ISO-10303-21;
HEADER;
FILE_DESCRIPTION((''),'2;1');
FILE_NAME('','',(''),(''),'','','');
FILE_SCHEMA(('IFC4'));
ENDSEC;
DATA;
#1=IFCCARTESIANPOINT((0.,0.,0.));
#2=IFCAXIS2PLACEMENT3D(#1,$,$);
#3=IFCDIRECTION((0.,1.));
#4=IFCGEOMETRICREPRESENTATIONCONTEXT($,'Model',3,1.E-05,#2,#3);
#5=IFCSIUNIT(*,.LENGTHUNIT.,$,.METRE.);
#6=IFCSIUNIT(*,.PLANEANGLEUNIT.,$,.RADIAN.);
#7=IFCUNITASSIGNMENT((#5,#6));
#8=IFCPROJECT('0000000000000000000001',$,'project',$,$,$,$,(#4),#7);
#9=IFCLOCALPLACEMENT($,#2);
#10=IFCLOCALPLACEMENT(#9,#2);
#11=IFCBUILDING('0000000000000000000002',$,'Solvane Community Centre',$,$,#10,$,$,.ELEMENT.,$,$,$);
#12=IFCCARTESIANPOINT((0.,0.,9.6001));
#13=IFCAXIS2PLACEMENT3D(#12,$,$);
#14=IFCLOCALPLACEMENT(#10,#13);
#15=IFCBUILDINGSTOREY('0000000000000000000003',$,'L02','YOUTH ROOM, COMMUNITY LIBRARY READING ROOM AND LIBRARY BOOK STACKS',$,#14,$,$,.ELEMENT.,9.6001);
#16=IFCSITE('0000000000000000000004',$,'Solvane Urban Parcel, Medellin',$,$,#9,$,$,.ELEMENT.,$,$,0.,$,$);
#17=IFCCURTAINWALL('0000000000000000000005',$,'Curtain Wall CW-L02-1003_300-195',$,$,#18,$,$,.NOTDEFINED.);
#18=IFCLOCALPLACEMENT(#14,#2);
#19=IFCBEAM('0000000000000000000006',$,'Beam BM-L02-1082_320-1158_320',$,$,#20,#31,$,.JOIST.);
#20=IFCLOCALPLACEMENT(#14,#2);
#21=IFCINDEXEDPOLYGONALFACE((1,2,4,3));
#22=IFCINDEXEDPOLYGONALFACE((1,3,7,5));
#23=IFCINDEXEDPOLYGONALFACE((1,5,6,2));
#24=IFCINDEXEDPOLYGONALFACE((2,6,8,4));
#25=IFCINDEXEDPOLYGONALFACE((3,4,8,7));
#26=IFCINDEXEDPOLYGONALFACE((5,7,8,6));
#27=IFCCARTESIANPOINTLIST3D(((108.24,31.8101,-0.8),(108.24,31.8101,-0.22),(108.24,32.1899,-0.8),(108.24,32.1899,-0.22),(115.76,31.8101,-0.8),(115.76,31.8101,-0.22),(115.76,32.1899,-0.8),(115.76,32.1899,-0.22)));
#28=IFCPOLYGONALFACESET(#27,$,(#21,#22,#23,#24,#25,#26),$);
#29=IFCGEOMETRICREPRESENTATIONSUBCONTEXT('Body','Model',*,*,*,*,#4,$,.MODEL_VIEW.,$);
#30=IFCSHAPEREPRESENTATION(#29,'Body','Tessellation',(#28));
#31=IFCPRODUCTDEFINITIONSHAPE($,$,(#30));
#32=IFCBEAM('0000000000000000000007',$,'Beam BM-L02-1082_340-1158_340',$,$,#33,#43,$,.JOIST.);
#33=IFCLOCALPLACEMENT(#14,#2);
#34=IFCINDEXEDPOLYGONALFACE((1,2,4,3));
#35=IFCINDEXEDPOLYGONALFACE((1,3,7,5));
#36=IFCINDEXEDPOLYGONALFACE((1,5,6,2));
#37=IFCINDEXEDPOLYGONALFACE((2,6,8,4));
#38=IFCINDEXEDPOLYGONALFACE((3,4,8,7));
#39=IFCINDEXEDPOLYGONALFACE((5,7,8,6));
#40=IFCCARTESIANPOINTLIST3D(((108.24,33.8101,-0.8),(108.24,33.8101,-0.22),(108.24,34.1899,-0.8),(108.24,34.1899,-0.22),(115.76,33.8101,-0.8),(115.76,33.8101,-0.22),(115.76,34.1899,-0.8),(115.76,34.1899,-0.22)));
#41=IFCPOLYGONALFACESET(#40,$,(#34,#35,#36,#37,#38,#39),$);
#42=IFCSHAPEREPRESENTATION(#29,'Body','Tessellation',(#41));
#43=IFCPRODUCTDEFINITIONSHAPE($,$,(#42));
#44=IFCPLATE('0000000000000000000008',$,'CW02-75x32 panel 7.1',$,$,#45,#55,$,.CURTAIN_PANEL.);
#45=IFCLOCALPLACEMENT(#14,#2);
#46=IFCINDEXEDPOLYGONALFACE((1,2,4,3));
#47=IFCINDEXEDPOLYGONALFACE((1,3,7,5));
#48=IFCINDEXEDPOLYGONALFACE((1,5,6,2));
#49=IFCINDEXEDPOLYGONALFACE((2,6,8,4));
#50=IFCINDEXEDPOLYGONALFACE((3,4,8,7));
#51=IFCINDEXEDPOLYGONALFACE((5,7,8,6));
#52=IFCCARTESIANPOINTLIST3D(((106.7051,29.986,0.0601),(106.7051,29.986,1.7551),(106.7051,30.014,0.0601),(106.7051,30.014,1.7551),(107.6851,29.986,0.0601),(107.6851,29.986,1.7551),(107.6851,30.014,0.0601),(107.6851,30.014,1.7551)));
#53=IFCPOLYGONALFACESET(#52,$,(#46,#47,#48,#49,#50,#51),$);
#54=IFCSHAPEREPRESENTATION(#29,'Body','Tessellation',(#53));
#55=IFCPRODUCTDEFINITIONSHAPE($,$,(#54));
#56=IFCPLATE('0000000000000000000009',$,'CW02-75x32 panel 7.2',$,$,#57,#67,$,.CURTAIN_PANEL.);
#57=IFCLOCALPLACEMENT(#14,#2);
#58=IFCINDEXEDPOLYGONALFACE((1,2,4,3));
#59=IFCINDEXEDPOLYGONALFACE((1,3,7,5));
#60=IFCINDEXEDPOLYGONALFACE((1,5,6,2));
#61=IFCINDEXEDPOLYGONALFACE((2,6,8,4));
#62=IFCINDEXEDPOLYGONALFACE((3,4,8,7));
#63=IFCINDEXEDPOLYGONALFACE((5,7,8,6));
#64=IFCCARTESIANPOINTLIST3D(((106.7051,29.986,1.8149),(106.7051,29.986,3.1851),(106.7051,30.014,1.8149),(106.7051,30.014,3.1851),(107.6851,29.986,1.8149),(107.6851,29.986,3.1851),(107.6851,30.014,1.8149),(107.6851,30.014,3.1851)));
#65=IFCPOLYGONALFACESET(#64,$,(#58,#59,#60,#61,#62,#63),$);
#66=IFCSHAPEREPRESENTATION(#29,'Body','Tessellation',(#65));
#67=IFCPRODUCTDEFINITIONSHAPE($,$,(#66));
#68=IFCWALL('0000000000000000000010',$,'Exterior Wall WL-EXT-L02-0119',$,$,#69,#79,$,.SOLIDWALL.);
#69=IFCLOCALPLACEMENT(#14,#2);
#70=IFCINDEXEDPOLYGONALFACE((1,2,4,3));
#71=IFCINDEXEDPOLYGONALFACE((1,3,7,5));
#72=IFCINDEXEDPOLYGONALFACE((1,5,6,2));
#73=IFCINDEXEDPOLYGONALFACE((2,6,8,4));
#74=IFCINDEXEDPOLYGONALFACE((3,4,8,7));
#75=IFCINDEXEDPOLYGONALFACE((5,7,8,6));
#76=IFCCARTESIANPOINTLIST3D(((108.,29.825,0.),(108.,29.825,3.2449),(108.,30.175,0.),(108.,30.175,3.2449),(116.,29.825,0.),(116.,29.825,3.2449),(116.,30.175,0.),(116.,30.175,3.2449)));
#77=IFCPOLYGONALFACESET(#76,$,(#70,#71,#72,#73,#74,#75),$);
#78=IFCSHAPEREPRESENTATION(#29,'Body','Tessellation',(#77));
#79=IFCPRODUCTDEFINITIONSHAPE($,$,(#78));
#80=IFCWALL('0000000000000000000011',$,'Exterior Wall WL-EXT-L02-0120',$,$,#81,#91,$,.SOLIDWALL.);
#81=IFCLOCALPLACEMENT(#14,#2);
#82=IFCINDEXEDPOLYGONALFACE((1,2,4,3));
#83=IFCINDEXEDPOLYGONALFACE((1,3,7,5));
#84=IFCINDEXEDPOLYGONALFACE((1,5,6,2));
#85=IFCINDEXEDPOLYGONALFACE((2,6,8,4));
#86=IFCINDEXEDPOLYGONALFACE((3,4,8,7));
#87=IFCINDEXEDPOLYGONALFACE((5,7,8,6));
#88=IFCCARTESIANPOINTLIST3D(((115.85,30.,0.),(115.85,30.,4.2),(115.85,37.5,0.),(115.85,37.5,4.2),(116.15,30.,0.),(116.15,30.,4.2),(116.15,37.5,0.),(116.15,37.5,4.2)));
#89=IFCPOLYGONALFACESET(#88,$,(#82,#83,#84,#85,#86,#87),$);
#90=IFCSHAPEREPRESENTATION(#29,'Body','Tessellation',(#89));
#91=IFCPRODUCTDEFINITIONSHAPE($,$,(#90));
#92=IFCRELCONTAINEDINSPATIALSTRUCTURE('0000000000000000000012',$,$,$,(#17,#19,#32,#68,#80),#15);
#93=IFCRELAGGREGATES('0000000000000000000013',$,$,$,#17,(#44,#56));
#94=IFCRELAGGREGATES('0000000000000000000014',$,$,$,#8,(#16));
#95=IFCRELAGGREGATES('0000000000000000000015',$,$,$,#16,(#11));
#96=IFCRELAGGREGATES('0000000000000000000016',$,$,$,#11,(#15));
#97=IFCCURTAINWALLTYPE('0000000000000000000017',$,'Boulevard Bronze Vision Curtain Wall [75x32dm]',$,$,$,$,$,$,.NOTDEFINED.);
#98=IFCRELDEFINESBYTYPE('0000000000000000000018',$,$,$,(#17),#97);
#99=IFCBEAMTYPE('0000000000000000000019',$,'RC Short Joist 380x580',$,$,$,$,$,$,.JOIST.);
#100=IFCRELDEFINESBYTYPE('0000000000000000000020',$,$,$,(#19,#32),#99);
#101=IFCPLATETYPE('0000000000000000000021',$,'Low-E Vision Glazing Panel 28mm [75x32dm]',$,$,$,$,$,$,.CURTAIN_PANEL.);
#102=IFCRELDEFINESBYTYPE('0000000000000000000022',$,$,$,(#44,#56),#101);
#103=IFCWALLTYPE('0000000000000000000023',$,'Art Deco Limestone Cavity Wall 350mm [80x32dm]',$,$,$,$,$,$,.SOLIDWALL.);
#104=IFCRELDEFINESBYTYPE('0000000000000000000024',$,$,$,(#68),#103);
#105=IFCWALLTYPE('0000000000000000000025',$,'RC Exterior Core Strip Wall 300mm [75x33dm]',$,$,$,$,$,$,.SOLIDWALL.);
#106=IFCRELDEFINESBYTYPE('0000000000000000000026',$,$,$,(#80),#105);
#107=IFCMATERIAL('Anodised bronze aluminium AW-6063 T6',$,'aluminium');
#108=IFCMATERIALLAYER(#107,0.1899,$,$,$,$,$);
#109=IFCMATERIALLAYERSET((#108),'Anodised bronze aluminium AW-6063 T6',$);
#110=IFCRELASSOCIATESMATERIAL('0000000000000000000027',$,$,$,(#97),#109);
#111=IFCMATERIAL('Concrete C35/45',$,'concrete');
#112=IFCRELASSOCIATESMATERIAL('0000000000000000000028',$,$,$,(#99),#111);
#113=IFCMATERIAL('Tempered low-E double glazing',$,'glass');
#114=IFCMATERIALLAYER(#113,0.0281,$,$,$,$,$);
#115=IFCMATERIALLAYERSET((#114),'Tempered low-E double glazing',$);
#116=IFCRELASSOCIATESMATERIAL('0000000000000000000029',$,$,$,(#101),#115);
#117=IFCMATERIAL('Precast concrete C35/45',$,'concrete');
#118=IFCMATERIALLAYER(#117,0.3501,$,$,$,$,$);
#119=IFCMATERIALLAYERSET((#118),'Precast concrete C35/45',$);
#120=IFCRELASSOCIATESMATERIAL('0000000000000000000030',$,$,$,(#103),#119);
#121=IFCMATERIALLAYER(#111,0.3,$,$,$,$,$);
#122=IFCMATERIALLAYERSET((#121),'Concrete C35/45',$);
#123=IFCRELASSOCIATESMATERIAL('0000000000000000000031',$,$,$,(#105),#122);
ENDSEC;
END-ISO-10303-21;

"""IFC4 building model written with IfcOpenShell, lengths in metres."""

from ifc_helpers import new_model, si_unit, direction, frame, frame_2d, origin, origin_2d, place, context, subcontext, project, spatial, rectangle, extrude, material, layer, layer_set, material_profile, profile_set, type_object, element, aggregate, save


model = new_model("IFC4")

# Units and contexts
model_context = context("Model", 3, precision=1e-05, world=origin(), true_north=direction((0.0, 1.0)))
body_context = subcontext(model_context, "Body", "Model", "MODEL_VIEW")
ifc_project = project(units=[si_unit("LENGTHUNIT", "METRE"), si_unit("PLANEANGLEUNIT", "RADIAN")], contexts=[model_context])

# Site, building, storey
site_placement = place(None, origin())
site = spatial("IfcSite", under=ifc_project, at=site_placement, Name="Solvane Urban Parcel, Medellin", CompositionType="ELEMENT", RefElevation=0.0)
building_placement = place(site_placement, origin())
building = spatial("IfcBuilding", under=site, at=building_placement, Name="Solvane Community Centre", CompositionType="ELEMENT")
storey_placement = place(building_placement, frame((0.0, 0.0, 9.6001)))
storey = spatial("IfcBuildingStorey", under=building, at=storey_placement, Name="L02", Description="YOUTH ROOM, COMMUNITY LIBRARY READING ROOM AND LIBRARY BOOK STACKS", CompositionType="ELEMENT", Elevation=9.6001)

# Curtain wall
ifc_material_1 = material(Name="Anodised bronze aluminium AW-6063 T6", Category="aluminium")
ifc_layer_1 = layer(ifc_material_1, 0.1899)
ifc_layer_set_1 = layer_set([ifc_layer_1], Name="Anodised bronze aluminium AW-6063 T6")
curtain_wall_type_1 = type_object("IfcCurtainWallType", Name="Boulevard Bronze Vision Curtain Wall [75x32dm]", PredefinedType="NOTDEFINED", material=ifc_layer_set_1)
curtain_wall_1_placement = place(storey_placement, origin())
curtain_wall_1 = element("IfcCurtainWall", 1, at=curtain_wall_1_placement, inside=storey, type_object=curtain_wall_type_1, Name="Curtain Wall CW-L02-1003_300-195", PredefinedType="NOTDEFINED")

# Beams
ifc_material_2 = material(Name="Concrete C35/45", Category="concrete")
ifc_material_profile_1 = material_profile(ifc_material_2, rectangle(XDim=0.3799, YDim=0.5801, at=origin_2d()), Name="RC 380x580")
ifc_profile_set_1 = profile_set([ifc_material_profile_1], Name="Concrete C35/45")
beam_type_1 = type_object("IfcBeamType", Name="RC Short Joist 380x580", PredefinedType="JOIST", material=ifc_profile_set_1)
for number, where, z_axis, x_axis, name in (
    (2, (108.24, 32.0, -0.51), (1.0, 0.0, 0.0), (0.0, 1.0, 0.0), "Beam BM-L02-1082_320-1158_320"),
    (3, (108.24, 34.0, -0.51), (1.0, 0.0, 0.0), (0.0, 1.0, 0.0), "Beam BM-L02-1082_340-1158_340"),
):
    element("IfcBeam", number, at=place(storey_placement, frame(where, z_axis=z_axis, x_axis=x_axis)), inside=storey, type_object=beam_type_1, Name=name, PredefinedType="JOIST", context=body_context, shape_type="SweptSolid", body=[
        extrude(rectangle(XDim=0.3799, YDim=0.5801, at=origin_2d()), origin(), (0.0, 0.0, 1.0), 7.52),
    ])

# Plates
ifc_material_3 = material(Name="Tempered low-E double glazing", Category="glass")
ifc_layer_2 = layer(ifc_material_3, 0.0281)
ifc_layer_set_2 = layer_set([ifc_layer_2], Name="Tempered low-E double glazing")
plate_type = type_object("IfcPlateType", Name="Low-E Vision Glazing Panel 28mm [75x32dm]", PredefinedType="CURTAIN_PANEL", material=ifc_layer_set_2)
plate_1_placement = place(storey_placement, frame((107.1951, 30.0, 0.0601), z_axis=(0.0, 0.0, 1.0), x_axis=(1.0, 0.0, 0.0)))
plate_1 = element("IfcPlate", 4, at=plate_1_placement, type_object=plate_type, Name="CW02-75x32 panel 7.1", PredefinedType="CURTAIN_PANEL", context=body_context, shape_type="SweptSolid", body=[
    extrude(rectangle(XDim=0.98, YDim=0.0281, at=origin_2d()), origin(), (0.0, 0.0, 1.0), 1.6951),
])
plate_2_placement = place(storey_placement, frame((107.1951, 30.0, 1.8149), z_axis=(0.0, 0.0, 1.0), x_axis=(1.0, 0.0, 0.0)))
plate_2 = element("IfcPlate", 5, at=plate_2_placement, type_object=plate_type, Name="CW02-75x32 panel 7.2", PredefinedType="CURTAIN_PANEL", context=body_context, shape_type="SweptSolid", body=[
    extrude(rectangle(XDim=0.98, YDim=0.0281, at=origin_2d()), origin(), (0.0, 0.0, 1.0), 1.3701),
])
aggregate(curtain_wall_1, [plate_1, plate_2])

# Walls
ifc_material_4 = material(Name="Precast concrete C35/45", Category="concrete")
ifc_layer_3 = layer(ifc_material_4, 0.3501)
ifc_layer_set_3 = layer_set([ifc_layer_3], Name="Precast concrete C35/45")
wall_type_1 = type_object("IfcWallType", Name="Art Deco Limestone Cavity Wall 350mm [80x32dm]", PredefinedType="SOLIDWALL", material=ifc_layer_set_3)
wall_1_placement = place(storey_placement, frame((108.0, 30.0, 0.0), z_axis=(0.0, 0.0, 1.0), x_axis=(1.0, 0.0, 0.0)))
element("IfcWall", 6, at=wall_1_placement, inside=storey, type_object=wall_type_1, Name="Exterior Wall WL-EXT-L02-0119", PredefinedType="SOLIDWALL", context=body_context, shape_type="SweptSolid", body=[
    extrude(rectangle(XDim=8.0, YDim=0.3501, at=frame_2d((4.0, 0.0))), origin(), (0.0, 0.0, 1.0), 3.2449),
])
ifc_layer_4 = layer(ifc_material_2, 0.3)
ifc_layer_set_4 = layer_set([ifc_layer_4], Name="Concrete C35/45")
wall_type_2 = type_object("IfcWallType", Name="RC Exterior Core Strip Wall 300mm [75x33dm]", PredefinedType="SOLIDWALL", material=ifc_layer_set_4)
wall_2_placement = place(storey_placement, frame((116.0, 30.0, 0.0), z_axis=(0.0, 0.0, 1.0), x_axis=(0.0, 1.0, 0.0)))
element("IfcWall", 7, at=wall_2_placement, inside=storey, type_object=wall_type_2, Name="Exterior Wall WL-EXT-L02-0120", PredefinedType="SOLIDWALL", context=body_context, shape_type="SweptSolid", body=[
    extrude(rectangle(XDim=7.5, YDim=0.3, at=frame_2d((3.75, 0.0))), origin(), (0.0, 0.0, 1.0), 4.2),
])

save(model, "model.ifc")
